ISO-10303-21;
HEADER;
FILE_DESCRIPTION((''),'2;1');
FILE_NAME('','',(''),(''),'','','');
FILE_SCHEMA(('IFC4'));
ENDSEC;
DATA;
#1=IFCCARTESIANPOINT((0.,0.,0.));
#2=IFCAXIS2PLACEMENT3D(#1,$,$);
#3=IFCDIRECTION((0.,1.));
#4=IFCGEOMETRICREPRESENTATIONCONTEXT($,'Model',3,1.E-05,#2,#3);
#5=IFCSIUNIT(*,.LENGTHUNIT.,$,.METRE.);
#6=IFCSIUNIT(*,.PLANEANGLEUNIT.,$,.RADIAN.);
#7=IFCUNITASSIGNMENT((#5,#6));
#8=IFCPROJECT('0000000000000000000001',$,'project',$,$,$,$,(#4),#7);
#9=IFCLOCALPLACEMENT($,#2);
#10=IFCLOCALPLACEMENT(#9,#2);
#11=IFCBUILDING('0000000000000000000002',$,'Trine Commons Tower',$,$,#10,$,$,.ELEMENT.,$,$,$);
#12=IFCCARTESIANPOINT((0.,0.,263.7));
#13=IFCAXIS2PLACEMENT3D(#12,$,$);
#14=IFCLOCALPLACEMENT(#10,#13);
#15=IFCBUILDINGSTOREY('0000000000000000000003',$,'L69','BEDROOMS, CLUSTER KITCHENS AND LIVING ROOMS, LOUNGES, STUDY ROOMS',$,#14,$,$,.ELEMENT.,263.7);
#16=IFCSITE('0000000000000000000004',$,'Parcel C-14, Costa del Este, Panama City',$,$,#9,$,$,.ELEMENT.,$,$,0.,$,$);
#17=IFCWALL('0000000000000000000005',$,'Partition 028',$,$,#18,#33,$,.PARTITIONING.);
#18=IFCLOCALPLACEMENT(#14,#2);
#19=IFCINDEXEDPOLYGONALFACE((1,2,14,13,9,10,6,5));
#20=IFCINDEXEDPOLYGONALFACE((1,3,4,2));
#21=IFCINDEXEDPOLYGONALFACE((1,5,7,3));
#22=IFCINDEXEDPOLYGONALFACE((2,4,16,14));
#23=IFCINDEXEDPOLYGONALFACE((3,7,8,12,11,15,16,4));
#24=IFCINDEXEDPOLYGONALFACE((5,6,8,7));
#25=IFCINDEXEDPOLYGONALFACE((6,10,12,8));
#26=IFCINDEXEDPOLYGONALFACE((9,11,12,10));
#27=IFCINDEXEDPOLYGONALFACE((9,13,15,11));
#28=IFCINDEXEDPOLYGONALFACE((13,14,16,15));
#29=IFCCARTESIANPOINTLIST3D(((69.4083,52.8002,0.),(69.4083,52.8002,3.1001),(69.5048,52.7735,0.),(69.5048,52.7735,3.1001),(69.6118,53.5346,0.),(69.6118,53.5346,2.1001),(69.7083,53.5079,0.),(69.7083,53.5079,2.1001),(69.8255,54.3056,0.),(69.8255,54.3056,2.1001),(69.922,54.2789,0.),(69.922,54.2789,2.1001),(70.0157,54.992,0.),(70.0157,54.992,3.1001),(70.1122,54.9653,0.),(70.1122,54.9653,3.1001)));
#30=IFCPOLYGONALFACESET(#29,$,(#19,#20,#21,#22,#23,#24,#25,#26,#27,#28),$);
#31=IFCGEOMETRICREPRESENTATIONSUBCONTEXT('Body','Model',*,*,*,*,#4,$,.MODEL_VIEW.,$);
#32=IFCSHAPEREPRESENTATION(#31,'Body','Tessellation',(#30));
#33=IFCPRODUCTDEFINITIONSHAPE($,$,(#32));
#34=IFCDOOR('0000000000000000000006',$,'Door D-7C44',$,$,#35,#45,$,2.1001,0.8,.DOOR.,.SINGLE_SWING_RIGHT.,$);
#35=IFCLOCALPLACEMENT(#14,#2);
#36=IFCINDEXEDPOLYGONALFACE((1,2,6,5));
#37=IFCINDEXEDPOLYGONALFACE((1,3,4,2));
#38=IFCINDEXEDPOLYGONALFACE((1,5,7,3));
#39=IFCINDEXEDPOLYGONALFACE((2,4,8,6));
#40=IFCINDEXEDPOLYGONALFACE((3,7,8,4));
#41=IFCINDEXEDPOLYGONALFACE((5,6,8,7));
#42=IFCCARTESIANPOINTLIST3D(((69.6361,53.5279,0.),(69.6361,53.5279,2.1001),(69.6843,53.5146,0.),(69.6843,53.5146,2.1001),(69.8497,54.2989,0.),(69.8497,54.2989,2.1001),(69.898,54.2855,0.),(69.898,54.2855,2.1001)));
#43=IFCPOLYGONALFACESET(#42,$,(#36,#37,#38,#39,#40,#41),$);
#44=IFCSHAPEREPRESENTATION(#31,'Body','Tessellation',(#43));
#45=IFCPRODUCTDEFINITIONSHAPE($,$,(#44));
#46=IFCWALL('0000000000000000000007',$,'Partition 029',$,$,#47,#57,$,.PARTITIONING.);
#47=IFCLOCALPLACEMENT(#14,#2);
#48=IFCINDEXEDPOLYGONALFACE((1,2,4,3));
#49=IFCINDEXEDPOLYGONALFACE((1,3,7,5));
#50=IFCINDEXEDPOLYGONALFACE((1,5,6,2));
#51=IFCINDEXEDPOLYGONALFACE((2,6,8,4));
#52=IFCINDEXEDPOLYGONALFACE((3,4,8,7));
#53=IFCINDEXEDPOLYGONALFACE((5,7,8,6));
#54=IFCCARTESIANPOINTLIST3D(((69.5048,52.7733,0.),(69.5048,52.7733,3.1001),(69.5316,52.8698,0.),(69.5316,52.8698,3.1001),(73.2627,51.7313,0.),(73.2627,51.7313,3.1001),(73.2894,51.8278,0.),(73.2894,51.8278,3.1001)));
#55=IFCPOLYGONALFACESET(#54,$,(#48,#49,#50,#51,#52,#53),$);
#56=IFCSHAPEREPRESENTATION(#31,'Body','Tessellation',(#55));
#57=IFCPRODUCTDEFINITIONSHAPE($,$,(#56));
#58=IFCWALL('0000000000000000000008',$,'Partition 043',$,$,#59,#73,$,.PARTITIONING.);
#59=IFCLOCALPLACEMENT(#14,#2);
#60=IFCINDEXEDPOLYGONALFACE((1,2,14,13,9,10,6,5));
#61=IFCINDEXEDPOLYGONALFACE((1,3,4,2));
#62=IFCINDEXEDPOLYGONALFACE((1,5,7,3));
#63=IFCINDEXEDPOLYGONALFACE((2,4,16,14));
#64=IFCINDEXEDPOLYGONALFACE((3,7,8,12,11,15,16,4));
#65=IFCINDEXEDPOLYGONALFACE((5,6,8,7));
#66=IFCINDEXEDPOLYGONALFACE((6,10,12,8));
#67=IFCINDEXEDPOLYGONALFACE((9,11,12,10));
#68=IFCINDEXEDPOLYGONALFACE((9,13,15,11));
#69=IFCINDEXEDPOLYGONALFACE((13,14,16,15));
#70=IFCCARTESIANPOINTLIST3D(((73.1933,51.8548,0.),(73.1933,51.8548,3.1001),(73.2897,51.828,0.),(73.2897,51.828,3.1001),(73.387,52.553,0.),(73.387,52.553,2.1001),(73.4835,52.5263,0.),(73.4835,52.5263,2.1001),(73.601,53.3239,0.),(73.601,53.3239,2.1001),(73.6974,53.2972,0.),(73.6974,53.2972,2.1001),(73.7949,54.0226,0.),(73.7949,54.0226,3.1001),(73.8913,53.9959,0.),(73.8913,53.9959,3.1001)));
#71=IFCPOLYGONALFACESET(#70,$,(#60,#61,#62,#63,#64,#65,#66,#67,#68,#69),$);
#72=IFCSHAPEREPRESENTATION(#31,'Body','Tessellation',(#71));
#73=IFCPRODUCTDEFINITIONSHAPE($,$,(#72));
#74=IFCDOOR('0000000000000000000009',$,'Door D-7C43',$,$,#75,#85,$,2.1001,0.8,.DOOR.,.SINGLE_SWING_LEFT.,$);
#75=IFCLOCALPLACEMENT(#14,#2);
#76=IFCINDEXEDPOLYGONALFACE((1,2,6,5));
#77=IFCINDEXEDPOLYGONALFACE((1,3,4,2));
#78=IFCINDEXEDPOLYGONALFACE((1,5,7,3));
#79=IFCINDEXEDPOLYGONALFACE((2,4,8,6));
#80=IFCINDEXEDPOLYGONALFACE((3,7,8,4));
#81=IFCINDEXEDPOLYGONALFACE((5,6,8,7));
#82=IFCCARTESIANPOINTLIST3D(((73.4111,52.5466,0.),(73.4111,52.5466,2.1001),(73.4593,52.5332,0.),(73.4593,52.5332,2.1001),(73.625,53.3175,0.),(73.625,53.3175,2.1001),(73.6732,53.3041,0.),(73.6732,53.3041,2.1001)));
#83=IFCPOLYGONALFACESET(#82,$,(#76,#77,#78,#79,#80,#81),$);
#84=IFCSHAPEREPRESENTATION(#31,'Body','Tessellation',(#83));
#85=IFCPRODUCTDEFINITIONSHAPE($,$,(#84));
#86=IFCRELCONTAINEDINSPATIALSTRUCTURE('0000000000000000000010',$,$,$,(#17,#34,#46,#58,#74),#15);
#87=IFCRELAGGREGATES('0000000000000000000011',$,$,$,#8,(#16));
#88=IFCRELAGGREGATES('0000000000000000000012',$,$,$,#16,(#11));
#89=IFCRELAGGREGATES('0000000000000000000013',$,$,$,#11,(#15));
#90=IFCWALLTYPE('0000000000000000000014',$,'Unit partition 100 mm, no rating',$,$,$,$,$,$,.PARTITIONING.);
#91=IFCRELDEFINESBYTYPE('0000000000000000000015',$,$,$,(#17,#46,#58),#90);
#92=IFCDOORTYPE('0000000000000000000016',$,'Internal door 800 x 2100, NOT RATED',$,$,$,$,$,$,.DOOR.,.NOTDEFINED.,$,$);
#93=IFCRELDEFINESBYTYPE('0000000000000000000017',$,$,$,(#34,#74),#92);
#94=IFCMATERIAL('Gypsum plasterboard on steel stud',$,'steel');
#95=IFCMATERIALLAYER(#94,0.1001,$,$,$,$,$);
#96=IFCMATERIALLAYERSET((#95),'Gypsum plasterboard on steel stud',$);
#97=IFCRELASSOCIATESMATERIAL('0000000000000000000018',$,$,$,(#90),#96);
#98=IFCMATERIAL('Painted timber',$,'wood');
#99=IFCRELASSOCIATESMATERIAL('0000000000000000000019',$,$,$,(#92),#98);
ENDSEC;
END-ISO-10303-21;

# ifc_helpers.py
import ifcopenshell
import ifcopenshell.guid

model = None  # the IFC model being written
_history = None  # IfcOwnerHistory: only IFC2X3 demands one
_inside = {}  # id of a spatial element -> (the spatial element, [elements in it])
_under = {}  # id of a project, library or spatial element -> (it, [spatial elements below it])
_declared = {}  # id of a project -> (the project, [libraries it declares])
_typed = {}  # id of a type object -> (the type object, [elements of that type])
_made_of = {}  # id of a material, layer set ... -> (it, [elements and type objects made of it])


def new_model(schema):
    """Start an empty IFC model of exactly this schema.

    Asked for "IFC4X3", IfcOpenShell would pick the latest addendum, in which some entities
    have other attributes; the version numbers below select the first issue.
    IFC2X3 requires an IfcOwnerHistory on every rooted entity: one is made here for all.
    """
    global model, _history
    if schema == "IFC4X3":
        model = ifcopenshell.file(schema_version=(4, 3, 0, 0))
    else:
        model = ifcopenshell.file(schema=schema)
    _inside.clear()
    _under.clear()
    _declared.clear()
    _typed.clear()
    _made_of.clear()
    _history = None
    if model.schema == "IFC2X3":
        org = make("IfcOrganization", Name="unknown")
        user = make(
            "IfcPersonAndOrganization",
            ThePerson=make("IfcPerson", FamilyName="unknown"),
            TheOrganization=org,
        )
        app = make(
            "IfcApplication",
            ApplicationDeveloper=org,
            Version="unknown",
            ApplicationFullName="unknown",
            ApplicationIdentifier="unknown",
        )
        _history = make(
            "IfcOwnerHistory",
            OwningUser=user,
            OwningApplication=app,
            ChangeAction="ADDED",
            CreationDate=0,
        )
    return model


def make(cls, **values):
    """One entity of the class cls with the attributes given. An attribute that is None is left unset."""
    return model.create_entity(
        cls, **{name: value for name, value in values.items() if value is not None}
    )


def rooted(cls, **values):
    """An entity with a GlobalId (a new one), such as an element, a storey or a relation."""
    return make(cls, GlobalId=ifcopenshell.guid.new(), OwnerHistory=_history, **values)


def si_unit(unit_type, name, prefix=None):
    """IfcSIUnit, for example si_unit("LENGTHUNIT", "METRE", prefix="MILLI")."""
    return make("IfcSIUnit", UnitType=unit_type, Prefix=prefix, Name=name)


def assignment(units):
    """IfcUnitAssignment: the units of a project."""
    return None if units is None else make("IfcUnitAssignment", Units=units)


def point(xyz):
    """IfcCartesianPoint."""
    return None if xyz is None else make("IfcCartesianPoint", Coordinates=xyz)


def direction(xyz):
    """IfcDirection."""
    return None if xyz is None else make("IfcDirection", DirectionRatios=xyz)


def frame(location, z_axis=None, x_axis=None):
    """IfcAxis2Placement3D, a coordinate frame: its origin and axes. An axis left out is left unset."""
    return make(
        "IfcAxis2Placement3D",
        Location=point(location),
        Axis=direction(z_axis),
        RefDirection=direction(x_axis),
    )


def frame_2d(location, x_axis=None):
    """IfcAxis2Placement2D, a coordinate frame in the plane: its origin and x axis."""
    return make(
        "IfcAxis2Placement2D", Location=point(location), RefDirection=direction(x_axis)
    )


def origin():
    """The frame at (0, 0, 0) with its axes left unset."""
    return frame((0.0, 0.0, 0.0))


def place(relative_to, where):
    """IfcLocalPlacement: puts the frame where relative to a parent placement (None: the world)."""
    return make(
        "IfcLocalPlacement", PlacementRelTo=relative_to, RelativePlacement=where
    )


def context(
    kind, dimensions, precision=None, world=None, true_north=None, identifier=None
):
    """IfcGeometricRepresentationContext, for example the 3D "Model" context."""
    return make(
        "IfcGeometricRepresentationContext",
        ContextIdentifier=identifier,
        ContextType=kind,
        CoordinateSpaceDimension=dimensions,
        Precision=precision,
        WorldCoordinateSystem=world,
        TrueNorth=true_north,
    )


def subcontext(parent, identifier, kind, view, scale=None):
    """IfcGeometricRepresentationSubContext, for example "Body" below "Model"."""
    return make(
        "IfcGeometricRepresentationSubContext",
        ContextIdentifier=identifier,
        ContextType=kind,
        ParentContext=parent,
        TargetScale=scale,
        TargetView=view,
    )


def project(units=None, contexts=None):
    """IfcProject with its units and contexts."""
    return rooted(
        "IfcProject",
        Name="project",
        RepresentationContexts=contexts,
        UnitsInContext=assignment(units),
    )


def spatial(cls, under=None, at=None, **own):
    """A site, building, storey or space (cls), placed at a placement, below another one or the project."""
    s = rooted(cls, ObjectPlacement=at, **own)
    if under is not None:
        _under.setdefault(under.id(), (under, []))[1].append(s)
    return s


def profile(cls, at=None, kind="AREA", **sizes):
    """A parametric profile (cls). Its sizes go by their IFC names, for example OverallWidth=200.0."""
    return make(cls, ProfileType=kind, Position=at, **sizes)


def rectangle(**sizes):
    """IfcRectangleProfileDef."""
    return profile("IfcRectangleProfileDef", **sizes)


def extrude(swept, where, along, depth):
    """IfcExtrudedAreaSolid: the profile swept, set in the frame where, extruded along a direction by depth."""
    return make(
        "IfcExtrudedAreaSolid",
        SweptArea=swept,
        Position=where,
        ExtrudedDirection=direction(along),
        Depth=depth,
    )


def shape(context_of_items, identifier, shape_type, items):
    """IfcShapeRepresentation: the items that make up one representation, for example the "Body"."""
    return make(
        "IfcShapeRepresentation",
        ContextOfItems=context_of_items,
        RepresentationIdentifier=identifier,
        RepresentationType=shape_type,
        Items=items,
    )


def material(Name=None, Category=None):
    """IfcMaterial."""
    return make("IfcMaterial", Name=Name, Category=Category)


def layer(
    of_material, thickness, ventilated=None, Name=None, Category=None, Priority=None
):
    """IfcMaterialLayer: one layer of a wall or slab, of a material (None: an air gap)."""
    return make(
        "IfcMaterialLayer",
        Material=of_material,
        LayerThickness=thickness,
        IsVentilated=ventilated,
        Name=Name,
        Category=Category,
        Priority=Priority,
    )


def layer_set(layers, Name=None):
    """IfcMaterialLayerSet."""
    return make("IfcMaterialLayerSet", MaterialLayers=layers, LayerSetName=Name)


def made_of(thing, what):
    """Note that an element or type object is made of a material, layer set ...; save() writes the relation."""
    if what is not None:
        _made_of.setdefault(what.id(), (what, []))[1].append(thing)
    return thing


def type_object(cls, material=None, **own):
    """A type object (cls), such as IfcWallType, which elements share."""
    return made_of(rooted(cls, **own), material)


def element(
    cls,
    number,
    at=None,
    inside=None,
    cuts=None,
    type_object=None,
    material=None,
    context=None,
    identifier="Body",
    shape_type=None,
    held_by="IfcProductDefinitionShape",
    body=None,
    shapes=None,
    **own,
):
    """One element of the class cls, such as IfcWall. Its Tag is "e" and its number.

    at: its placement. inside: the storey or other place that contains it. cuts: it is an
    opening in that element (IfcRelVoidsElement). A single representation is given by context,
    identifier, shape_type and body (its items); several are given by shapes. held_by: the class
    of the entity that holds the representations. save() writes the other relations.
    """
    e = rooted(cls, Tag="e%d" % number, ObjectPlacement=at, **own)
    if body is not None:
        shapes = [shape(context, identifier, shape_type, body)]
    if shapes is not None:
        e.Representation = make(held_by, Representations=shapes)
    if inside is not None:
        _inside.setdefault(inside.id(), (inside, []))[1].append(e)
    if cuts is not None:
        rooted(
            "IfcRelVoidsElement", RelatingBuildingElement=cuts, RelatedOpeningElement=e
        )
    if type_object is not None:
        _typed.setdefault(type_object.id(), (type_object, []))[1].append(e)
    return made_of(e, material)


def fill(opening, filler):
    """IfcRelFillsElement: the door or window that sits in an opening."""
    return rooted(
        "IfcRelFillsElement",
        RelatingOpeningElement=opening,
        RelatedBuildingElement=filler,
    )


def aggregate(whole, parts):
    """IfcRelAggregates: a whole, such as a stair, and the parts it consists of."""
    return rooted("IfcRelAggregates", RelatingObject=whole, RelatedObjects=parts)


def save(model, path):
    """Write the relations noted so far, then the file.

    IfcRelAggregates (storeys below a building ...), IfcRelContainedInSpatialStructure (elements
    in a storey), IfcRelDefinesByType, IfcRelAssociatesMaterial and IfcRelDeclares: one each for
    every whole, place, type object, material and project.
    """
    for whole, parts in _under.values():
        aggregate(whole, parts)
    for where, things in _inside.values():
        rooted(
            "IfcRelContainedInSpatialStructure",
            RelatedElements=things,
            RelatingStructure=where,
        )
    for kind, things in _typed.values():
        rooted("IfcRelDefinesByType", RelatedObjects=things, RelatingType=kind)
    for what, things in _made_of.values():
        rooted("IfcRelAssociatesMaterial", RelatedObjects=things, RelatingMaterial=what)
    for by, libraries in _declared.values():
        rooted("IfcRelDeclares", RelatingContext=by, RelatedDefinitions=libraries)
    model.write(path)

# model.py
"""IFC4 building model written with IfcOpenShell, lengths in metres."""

from ifc_helpers import new_model, si_unit, direction, frame, frame_2d, origin, place, context, subcontext, project, spatial, rectangle, extrude, material, layer, layer_set, type_object, element, fill, save


model = new_model("IFC4")

# Units and contexts
model_context = context("Model", 3, precision=1e-05, world=origin(), true_north=direction((0.0, 1.0)))
body_context = subcontext(model_context, "Body", "Model", "MODEL_VIEW")
ifc_project = project(units=[si_unit("LENGTHUNIT", "METRE"), si_unit("PLANEANGLEUNIT", "RADIAN")], contexts=[model_context])

# Site, building, storey
site_placement = place(None, origin())
site = spatial("IfcSite", under=ifc_project, at=site_placement, Name="Parcel C-14, Costa del Este, Panama City", CompositionType="ELEMENT", RefElevation=0.0)
building_placement = place(site_placement, origin())
building = spatial("IfcBuilding", under=site, at=building_placement, Name="Trine Commons Tower", CompositionType="ELEMENT")
storey_placement = place(building_placement, frame((0.0, 0.0, 263.7)))
storey = spatial("IfcBuildingStorey", under=building, at=storey_placement, Name="L69", Description="BEDROOMS, CLUSTER KITCHENS AND LIVING ROOMS, LOUNGES, STUDY ROOMS", CompositionType="ELEMENT", Elevation=263.7)

# Shared definitions
ifc_material_1 = material(Name="Gypsum plasterboard on steel stud", Category="steel")

# Shared definitions
ifc_material_2 = material(Name="Painted timber", Category="wood")

# Wall, opening, door
ifc_layer_1 = layer(ifc_material_1, 0.1001)
ifc_layer_set_1 = layer_set([ifc_layer_1], Name="Gypsum plasterboard on steel stud")
wall_type_1 = type_object("IfcWallType", Name="Unit partition 100 mm, no rating", PredefinedType="PARTITIONING", material=ifc_layer_set_1)
wall_1_placement = place(storey_placement, frame((69.4565, 52.7869, 0.0), z_axis=(0.0, 0.0, 1.0), x_axis=(0.267057, 0.963681, 0.0)))
wall_1 = element("IfcWall", 1, at=wall_1_placement, inside=storey, type_object=wall_type_1, Name="Partition 028", PredefinedType="PARTITIONING", context=body_context, shape_type="SweptSolid", body=[
    extrude(rectangle(XDim=2.2744, YDim=0.1001, at=frame_2d((1.1372, 0.0))), origin(), (0.0, 0.0, 1.0), 3.1001),
])
opening_1_placement = place(wall_1_placement, frame((0.7622, 0.0, 0.0)))
opening_1 = element("IfcOpeningElement", 2, at=opening_1_placement, cuts=wall_1, PredefinedType="OPENING", context=body_context, shape_type="SweptSolid", body=[
    extrude(rectangle(XDim=0.8, YDim=2.1001, at=frame_2d((0.3999, 1.05))), frame((0.0, 0.0601, 0.0), z_axis=(0.0, -1.0, 0.0), x_axis=(1.0, 0.0, 0.0)), (0.0, 0.0, 1.0), 0.1201),
])
door_type_1 = type_object("IfcDoorType", Name="Internal door 800 x 2100, NOT RATED", OperationType="NOTDEFINED", PredefinedType="DOOR", material=ifc_material_2)
door_1_placement = place(opening_1_placement, origin())
door_1 = element("IfcDoor", 3, at=door_1_placement, inside=storey, type_object=door_type_1, Name="Door D-7C44", OperationType="SINGLE_SWING_RIGHT", OverallHeight=2.1001, OverallWidth=0.8, PredefinedType="DOOR", context=body_context, shape_type="SweptSolid", body=[
    extrude(rectangle(XDim=0.8, YDim=2.1001, at=frame_2d((0.3999, 1.05))), frame((0.0, 0.0249, 0.0), z_axis=(0.0, -1.0, 0.0), x_axis=(1.0, 0.0, 0.0)), (0.0, 0.0, 1.0), 0.05),
])
fill(opening_1, door_1)

# Wall
wall_2_placement = place(storey_placement, frame((69.5183, 52.8215, 0.0), z_axis=(0.0, 0.0, 1.0), x_axis=(0.96364, -0.267205, 0.0)))
element("IfcWall", 4, at=wall_2_placement, inside=storey, type_object=wall_type_1, Name="Partition 029", PredefinedType="PARTITIONING", context=body_context, shape_type="SweptSolid", body=[
    extrude(rectangle(XDim=3.8997, YDim=0.1001, at=frame_2d((1.9497, 0.0))), origin(), (0.0, 0.0, 1.0), 3.1001),
])

# Wall, opening, door
wall_3_placement = place(storey_placement, frame((73.2415, 51.8413, 0.0), z_axis=(0.0, 0.0, 1.0), x_axis=(0.267403, 0.963585, 0.0)))
wall_3 = element("IfcWall", 5, at=wall_3_placement, inside=storey, type_object=wall_type_1, Name="Partition 043", PredefinedType="PARTITIONING", context=body_context, shape_type="SweptSolid", body=[
    extrude(rectangle(XDim=2.2498, YDim=0.1001, at=frame_2d((1.125, 0.0))), origin(), (0.0, 0.0, 1.0), 3.1001),
])
opening_2_placement = place(wall_3_placement, frame((0.7249, 0.0, 0.0)))
opening_2 = element("IfcOpeningElement", 6, at=opening_2_placement, cuts=wall_3, PredefinedType="OPENING", context=body_context, shape_type="SweptSolid", body=[
    extrude(rectangle(XDim=0.8, YDim=2.1001, at=frame_2d((0.3999, 1.05))), frame((0.0, 0.0601, 0.0), z_axis=(0.0, -1.0, 0.0), x_axis=(1.0, 0.0, 0.0)), (0.0, 0.0, 1.0), 0.1201),
])
door_2_placement = place(opening_2_placement, frame((0.8, 0.0, 0.0), z_axis=(0.0, 0.0, 1.0), x_axis=(-1.0, 0.0, 0.0)))
door_2 = element("IfcDoor", 7, at=door_2_placement, inside=storey, type_object=door_type_1, Name="Door D-7C43", OperationType="SINGLE_SWING_LEFT", OverallHeight=2.1001, OverallWidth=0.8, PredefinedType="DOOR", context=body_context, shape_type="SweptSolid", body=[
    extrude(rectangle(XDim=0.8, YDim=2.1001, at=frame_2d((0.3999, 1.05))), frame((0.0, 0.0249, 0.0), z_axis=(0.0, -1.0, 0.0), x_axis=(1.0, 0.0, 0.0)), (0.0, 0.0, 1.0), 0.05),
])
fill(opening_2, door_2)

save(model, "model.ifc")
